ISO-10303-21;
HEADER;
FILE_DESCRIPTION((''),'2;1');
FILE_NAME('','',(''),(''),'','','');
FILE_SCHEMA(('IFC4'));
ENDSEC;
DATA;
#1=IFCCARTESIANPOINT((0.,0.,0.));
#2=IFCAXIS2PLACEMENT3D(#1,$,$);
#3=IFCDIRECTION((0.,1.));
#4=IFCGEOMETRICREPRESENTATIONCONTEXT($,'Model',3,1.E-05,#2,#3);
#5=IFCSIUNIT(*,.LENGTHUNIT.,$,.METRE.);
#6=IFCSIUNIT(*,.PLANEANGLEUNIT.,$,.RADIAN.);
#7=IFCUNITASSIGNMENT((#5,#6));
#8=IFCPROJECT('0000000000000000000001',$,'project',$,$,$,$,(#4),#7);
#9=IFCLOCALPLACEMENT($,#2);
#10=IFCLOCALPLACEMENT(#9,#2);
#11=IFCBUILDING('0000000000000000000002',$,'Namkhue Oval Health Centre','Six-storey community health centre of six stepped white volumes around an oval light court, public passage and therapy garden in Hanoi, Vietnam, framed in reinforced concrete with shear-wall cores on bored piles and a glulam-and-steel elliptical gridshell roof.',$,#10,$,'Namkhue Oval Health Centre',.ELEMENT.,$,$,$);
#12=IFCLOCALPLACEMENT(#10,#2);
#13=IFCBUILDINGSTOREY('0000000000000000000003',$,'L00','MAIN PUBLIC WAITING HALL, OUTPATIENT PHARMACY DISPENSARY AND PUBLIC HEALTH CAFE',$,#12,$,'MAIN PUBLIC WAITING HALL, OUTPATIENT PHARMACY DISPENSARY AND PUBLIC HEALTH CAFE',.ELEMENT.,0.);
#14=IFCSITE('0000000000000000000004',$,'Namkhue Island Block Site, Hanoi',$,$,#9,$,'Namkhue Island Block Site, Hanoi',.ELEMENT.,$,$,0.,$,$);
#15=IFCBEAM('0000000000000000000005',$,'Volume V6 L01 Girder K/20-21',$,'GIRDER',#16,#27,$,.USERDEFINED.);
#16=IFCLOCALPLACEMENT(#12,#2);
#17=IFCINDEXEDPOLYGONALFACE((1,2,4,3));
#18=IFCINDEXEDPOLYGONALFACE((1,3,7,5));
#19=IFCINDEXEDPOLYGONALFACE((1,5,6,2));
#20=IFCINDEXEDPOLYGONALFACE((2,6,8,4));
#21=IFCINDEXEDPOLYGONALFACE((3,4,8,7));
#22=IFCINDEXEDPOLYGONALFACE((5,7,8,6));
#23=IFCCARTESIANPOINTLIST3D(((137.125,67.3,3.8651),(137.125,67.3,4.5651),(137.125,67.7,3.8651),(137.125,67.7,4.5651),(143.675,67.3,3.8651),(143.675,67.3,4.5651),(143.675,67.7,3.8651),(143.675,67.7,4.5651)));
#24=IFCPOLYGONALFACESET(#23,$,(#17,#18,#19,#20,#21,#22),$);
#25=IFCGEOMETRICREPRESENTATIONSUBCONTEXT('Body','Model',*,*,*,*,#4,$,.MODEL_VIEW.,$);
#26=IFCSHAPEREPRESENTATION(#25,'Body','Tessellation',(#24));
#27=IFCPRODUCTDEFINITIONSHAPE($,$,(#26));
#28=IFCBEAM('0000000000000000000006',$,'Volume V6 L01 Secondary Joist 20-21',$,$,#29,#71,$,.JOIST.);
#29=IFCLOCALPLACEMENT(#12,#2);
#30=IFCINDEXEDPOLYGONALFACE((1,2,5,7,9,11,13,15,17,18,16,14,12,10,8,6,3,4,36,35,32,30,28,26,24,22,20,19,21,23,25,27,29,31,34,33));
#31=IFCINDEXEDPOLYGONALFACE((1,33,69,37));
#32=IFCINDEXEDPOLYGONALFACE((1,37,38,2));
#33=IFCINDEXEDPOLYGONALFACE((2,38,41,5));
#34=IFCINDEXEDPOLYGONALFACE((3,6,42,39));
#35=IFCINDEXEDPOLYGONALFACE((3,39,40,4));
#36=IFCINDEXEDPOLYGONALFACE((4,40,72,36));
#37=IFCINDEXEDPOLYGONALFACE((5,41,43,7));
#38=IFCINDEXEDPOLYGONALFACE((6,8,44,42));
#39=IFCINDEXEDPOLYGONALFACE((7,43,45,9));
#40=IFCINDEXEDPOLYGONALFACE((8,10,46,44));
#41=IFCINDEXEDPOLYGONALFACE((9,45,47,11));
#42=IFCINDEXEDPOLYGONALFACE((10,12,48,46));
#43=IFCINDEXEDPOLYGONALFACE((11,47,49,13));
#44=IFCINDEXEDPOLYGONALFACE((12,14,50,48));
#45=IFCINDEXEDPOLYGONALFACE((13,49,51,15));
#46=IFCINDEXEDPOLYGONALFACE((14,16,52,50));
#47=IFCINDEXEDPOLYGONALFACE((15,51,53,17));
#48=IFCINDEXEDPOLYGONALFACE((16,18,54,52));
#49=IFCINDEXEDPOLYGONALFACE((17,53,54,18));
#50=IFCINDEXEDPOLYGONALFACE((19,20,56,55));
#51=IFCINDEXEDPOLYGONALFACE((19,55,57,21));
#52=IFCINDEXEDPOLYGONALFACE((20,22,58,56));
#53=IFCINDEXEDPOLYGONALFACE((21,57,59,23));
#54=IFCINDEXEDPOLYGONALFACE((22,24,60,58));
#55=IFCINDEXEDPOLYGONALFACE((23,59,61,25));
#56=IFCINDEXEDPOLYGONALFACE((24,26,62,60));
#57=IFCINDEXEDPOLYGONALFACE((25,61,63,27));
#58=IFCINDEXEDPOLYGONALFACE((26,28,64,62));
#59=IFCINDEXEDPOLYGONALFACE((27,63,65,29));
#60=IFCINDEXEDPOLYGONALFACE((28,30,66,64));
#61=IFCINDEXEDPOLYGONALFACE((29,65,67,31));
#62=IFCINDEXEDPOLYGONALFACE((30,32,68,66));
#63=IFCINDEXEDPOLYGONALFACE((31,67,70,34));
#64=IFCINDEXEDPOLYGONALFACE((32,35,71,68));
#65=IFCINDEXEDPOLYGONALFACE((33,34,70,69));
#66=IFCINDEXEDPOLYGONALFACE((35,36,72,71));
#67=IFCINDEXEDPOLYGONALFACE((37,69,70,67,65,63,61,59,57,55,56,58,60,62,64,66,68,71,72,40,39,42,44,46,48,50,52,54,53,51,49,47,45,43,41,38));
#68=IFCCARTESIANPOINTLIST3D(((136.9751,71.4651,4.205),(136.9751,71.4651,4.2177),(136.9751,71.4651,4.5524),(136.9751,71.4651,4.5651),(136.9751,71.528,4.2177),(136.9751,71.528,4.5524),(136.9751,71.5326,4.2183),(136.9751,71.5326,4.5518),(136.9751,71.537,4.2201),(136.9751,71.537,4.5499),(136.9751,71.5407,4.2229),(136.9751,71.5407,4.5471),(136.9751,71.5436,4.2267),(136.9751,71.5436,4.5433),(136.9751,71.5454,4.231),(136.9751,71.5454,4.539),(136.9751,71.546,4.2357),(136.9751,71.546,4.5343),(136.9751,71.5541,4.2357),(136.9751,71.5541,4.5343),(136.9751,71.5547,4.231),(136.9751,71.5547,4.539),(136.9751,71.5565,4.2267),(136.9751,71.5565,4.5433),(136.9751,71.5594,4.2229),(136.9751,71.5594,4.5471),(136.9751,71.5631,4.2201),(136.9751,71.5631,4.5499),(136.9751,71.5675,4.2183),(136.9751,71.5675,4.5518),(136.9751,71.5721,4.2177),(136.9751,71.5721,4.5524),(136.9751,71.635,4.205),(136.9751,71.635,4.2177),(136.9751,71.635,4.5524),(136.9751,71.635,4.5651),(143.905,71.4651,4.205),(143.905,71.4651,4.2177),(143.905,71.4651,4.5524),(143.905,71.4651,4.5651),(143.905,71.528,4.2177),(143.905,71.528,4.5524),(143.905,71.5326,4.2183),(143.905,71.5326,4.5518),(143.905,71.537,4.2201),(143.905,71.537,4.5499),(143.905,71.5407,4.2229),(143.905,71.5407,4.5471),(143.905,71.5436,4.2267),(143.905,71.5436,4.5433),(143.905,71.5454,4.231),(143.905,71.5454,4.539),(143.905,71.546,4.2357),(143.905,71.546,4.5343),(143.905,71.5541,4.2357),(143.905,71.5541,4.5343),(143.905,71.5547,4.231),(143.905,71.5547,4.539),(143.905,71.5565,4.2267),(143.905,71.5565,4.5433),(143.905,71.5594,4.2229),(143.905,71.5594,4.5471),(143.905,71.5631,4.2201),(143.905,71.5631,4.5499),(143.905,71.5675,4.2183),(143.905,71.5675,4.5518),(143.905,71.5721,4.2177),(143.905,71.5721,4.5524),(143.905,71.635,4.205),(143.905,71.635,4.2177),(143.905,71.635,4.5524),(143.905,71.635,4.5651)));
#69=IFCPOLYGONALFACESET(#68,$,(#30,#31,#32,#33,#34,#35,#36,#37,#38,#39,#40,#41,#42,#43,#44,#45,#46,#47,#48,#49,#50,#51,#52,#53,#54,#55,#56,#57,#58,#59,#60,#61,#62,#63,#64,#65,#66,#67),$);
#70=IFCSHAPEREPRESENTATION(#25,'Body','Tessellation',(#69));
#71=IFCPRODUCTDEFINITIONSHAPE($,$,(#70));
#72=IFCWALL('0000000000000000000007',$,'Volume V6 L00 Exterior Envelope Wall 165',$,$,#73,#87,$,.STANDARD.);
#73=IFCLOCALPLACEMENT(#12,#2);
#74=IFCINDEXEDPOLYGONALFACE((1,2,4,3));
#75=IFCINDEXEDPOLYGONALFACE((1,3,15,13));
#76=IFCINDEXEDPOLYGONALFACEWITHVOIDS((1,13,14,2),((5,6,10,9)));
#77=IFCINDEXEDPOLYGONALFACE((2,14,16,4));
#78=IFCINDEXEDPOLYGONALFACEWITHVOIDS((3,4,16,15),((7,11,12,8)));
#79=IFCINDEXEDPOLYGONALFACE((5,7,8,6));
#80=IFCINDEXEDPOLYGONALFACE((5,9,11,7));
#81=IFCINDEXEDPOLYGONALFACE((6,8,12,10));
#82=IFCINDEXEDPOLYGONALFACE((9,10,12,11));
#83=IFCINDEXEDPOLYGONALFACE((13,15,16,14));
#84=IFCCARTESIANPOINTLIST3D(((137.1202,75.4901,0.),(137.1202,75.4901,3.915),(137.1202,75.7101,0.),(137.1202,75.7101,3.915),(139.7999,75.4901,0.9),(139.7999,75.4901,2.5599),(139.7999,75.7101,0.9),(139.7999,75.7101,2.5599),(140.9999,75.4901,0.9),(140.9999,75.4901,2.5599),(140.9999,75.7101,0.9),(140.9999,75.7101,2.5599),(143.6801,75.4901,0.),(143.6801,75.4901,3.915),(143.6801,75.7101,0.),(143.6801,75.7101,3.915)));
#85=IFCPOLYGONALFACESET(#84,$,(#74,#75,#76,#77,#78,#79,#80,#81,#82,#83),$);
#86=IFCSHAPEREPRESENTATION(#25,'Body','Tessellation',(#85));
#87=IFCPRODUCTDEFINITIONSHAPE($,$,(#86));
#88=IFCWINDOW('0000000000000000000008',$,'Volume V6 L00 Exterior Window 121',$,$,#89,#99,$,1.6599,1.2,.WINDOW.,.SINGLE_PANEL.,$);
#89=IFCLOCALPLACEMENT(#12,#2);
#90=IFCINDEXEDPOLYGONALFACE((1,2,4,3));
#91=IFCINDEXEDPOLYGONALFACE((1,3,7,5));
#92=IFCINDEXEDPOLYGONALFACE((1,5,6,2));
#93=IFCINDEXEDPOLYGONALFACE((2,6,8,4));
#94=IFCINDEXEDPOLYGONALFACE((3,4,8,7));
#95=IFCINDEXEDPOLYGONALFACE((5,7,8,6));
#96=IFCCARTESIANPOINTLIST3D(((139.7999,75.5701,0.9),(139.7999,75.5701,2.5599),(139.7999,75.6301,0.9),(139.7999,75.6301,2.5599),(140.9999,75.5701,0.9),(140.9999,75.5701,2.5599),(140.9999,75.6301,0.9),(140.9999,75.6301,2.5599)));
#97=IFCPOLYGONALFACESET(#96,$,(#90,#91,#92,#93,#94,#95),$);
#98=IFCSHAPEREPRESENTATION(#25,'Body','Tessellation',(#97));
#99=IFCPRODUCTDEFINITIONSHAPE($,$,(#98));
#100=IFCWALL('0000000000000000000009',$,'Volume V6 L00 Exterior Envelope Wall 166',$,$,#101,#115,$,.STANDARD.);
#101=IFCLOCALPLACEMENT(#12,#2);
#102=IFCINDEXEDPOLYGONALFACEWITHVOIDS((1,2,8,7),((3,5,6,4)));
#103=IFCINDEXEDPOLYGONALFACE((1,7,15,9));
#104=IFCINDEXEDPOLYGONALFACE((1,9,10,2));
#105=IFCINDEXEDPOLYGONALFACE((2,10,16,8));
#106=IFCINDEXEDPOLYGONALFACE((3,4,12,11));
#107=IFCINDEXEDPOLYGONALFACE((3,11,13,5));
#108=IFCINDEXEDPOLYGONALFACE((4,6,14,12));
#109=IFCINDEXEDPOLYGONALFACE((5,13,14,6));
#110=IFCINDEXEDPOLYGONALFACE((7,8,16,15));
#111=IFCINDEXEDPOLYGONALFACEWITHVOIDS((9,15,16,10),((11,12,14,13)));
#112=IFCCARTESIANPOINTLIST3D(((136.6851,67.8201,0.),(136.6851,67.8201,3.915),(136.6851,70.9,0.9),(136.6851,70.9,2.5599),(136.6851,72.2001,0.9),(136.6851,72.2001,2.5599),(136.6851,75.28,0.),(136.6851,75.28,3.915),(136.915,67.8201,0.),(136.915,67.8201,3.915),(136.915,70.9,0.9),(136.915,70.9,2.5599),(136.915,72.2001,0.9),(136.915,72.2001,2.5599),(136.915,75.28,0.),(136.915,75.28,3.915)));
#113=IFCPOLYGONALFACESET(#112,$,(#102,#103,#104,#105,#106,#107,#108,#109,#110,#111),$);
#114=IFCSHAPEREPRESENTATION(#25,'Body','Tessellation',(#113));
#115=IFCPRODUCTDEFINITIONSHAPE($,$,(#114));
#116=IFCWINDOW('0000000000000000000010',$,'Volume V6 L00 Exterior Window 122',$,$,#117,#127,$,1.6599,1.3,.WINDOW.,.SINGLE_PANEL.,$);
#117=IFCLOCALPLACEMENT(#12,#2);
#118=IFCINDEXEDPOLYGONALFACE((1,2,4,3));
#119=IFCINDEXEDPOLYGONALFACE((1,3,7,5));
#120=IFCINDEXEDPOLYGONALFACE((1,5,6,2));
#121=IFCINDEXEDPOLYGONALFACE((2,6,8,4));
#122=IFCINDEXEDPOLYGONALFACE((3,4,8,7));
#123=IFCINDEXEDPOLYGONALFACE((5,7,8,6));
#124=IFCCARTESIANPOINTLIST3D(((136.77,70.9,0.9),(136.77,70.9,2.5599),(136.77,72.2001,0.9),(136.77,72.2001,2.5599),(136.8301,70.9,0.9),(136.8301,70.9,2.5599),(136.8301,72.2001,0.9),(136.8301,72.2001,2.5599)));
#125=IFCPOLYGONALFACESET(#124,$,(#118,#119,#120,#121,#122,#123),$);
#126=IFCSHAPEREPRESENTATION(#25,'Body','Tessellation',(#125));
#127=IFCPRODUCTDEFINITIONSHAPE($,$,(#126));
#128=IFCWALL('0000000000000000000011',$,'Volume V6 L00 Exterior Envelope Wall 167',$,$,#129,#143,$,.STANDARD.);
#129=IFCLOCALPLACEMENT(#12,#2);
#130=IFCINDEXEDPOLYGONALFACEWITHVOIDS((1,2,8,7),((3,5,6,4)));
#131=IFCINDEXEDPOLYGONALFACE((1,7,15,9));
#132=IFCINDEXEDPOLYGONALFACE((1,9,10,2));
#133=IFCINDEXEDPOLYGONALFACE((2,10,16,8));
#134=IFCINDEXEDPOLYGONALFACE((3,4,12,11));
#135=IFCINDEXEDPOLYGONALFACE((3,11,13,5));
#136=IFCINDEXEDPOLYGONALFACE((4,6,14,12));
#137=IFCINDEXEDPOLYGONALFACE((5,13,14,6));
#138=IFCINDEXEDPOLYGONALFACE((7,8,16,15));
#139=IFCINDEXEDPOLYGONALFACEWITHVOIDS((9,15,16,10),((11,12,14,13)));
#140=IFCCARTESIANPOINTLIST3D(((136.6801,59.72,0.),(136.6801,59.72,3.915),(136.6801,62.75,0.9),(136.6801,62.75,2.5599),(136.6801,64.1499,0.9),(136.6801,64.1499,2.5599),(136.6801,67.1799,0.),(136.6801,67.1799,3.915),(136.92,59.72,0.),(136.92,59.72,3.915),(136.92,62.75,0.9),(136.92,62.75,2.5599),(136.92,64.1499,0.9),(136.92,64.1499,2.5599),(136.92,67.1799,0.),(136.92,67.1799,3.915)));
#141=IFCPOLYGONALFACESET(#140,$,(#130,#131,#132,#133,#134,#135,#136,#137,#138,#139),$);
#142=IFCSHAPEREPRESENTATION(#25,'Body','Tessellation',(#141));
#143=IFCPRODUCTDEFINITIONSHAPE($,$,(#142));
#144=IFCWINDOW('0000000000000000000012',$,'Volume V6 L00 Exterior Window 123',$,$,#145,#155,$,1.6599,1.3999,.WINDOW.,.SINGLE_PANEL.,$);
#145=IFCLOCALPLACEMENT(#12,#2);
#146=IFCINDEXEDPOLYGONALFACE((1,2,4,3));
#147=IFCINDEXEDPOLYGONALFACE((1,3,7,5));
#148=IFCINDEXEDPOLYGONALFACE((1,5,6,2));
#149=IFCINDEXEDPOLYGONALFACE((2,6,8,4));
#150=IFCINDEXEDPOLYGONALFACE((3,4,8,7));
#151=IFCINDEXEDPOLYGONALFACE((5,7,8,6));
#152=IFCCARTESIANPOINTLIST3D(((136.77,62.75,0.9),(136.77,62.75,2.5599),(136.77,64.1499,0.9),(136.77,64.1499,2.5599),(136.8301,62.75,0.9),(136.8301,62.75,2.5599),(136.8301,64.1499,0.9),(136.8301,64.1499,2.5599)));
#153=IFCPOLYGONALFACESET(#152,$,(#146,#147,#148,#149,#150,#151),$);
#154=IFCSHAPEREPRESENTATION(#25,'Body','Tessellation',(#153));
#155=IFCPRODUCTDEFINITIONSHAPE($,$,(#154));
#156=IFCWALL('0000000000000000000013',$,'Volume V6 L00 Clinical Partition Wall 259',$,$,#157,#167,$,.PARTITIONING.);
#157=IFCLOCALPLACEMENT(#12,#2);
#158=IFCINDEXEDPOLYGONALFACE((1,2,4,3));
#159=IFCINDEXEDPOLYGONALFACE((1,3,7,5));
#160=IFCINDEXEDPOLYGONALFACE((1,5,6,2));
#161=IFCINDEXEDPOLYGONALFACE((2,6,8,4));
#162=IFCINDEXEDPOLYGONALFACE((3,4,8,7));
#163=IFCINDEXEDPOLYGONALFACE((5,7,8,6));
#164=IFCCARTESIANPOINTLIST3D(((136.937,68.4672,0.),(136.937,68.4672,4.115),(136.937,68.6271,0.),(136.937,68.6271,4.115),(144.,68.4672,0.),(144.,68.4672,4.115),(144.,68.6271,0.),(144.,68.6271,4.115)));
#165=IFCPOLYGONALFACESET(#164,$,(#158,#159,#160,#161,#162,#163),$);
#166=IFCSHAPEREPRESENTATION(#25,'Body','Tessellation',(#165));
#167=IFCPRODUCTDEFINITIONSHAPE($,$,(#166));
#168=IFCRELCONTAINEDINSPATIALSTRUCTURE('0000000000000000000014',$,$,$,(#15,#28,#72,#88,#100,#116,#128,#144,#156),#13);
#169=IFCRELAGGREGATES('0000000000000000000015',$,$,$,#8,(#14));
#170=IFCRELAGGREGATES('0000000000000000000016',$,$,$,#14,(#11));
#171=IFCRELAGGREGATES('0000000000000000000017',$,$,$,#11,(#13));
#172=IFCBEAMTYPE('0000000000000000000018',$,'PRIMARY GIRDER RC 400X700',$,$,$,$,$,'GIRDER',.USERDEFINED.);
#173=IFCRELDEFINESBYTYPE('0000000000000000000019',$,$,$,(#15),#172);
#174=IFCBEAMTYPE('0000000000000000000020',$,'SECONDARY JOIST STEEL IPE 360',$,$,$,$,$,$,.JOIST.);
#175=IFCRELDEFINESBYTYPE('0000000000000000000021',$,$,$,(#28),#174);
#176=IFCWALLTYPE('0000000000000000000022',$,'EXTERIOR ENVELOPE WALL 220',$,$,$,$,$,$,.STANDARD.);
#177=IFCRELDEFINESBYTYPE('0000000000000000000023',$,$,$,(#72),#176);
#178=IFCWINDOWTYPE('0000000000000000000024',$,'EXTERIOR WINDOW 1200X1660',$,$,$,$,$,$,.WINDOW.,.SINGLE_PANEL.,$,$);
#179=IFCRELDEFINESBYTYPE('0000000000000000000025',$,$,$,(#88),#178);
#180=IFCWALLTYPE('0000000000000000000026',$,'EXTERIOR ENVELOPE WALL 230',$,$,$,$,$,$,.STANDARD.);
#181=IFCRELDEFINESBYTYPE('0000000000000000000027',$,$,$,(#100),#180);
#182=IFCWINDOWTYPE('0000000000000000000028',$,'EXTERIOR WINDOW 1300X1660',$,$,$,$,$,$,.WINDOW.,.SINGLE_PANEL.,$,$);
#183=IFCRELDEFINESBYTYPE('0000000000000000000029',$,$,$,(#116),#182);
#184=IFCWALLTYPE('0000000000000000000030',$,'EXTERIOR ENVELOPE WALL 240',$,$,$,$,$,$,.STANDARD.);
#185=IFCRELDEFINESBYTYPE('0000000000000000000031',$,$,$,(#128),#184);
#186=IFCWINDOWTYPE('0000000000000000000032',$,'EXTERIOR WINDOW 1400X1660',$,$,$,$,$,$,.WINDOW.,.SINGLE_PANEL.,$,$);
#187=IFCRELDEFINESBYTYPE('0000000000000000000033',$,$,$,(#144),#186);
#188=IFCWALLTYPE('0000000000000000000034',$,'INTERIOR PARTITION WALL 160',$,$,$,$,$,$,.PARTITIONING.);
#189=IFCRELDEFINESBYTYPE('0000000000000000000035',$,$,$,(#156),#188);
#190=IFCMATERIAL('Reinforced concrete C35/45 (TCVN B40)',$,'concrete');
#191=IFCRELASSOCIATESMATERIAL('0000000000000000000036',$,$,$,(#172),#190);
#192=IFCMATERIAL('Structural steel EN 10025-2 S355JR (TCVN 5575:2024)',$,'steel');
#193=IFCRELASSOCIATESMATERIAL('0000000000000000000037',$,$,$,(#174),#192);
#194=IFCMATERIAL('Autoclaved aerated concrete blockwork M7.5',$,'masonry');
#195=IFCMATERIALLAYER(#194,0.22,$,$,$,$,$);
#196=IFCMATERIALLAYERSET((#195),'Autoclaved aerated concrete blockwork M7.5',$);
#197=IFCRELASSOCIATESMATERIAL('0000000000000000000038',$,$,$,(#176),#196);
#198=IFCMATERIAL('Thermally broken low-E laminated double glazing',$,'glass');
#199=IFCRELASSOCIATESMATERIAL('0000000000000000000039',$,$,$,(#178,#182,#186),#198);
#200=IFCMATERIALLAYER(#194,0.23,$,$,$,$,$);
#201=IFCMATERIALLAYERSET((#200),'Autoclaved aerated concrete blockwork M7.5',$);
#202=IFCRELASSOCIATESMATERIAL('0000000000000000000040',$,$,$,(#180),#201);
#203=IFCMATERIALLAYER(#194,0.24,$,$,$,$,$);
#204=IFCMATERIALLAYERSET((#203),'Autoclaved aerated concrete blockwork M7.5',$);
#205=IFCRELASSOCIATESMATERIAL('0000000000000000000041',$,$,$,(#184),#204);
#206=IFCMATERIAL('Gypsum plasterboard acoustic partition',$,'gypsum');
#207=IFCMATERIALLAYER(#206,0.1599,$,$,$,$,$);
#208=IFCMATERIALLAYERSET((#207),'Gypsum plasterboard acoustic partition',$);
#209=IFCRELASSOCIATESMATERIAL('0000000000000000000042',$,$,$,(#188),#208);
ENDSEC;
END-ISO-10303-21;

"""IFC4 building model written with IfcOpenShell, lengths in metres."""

from ifc_helpers import new_model, si_unit, direction, frame, frame_2d, origin, origin_2d, place, context, subcontext, project, spatial, rectangle, i_section, extrude, material, layer, layer_set, material_profile, profile_set, type_object, element, fill, save


model = new_model("IFC4")

# Units and contexts
model_context = context("Model", 3, precision=1e-05, world=origin(), true_north=direction((0.0, 1.0)))
body_context = subcontext(model_context, "Body", "Model", "MODEL_VIEW")
ifc_project = project(units=[si_unit("LENGTHUNIT", "METRE"), si_unit("PLANEANGLEUNIT", "RADIAN")], contexts=[model_context])

# Site, building, storey
site_placement = place(None, origin())
site = spatial("IfcSite", under=ifc_project, at=site_placement, Name="Namkhue Island Block Site, Hanoi", LongName="Namkhue Island Block Site, Hanoi", CompositionType="ELEMENT", RefElevation=0.0)
building_placement = place(site_placement, origin())
building = spatial("IfcBuilding", under=site, at=building_placement, Name="Namkhue Oval Health Centre", Description="Six-storey community health centre of six stepped white volumes around an oval light court, public passage and therapy garden in Hanoi, Vietnam, framed in reinforced concrete with shear-wall cores on bored piles and a glulam-and-steel elliptical gridshell roof.", LongName="Namkhue Oval Health Centre", CompositionType="ELEMENT")
storey_placement = place(building_placement, origin())
storey = spatial("IfcBuildingStorey", under=building, at=storey_placement, Name="L00", Description="MAIN PUBLIC WAITING HALL, OUTPATIENT PHARMACY DISPENSARY AND PUBLIC HEALTH CAFE", LongName="MAIN PUBLIC WAITING HALL, OUTPATIENT PHARMACY DISPENSARY AND PUBLIC HEALTH CAFE", CompositionType="ELEMENT", Elevation=0.0)

# Shared definitions
ifc_material_1 = material(Name="Reinforced concrete C35/45 (TCVN B40)", Category="concrete")

# Beams
ifc_material_profile_1 = material_profile(ifc_material_1, rectangle(XDim=0.3999, YDim=0.7, at=origin_2d()), Name="RC 400x700")
ifc_profile_set_1 = profile_set([ifc_material_profile_1], Name="Reinforced concrete C35/45 (TCVN B40)")
beam_type_1 = type_object("IfcBeamType", Name="PRIMARY GIRDER RC 400X700", ElementType="GIRDER", PredefinedType="USERDEFINED", material=ifc_profile_set_1)
beam_1_placement = place(storey_placement, frame((137.125, 67.5, 4.2151), z_axis=(1.0, 0.0, 0.0), x_axis=(0.0, 1.0, 0.0)))
element("IfcBeam", 1, at=beam_1_placement, inside=storey, type_object=beam_type_1, Name="Volume V6 L01 Girder K/20-21", ObjectType="GIRDER", PredefinedType="USERDEFINED", context=body_context, shape_type="SweptSolid", body=[
    extrude(rectangle(XDim=0.3999, YDim=0.7, at=origin_2d()), origin(), (0.0, 0.0, 1.0), 6.55),
])
ifc_material_2 = material(Name="Structural steel EN 10025-2 S355JR (TCVN 5575:2024)", Category="steel")
ifc_material_profile_2 = material_profile(ifc_material_2, i_section(OverallWidth=0.1699, OverallDepth=0.3601, WebThickness=0.0081, FlangeThickness=0.0127, FilletRadius=0.0181, at=origin_2d()), Name="IPE 360")
ifc_profile_set_2 = profile_set([ifc_material_profile_2], Name="Structural steel EN 10025-2 S355JR (TCVN 5575:2024)")
beam_type_2 = type_object("IfcBeamType", Name="SECONDARY JOIST STEEL IPE 360", PredefinedType="JOIST", material=ifc_profile_set_2)
beam_2_placement = place(storey_placement, frame((136.9751, 71.55, 4.385), z_axis=(1.0, 0.0, 0.0), x_axis=(0.0, 1.0, 0.0)))
element("IfcBeam", 2, at=beam_2_placement, inside=storey, type_object=beam_type_2, Name="Volume V6 L01 Secondary Joist 20-21", PredefinedType="JOIST", context=body_context, shape_type="SweptSolid", body=[
    extrude(i_section(OverallWidth=0.1699, OverallDepth=0.3601, WebThickness=0.0081, FlangeThickness=0.0127, FilletRadius=0.0181, at=origin_2d()), origin(), (0.0, 0.0, 1.0), 6.9299),
])

# Walls, openings, windows
ifc_material_3 = material(Name="Autoclaved aerated concrete blockwork M7.5", Category="masonry")
ifc_layer_1 = layer(ifc_material_3, 0.22)
ifc_layer_set_1 = layer_set([ifc_layer_1], Name="Autoclaved aerated concrete blockwork M7.5")
wall_type_1 = type_object("IfcWallType", Name="EXTERIOR ENVELOPE WALL 220", PredefinedType="STANDARD", material=ifc_layer_set_1)
wall_1_placement = place(storey_placement, frame((143.6799, 75.6001, 0.0), z_axis=(0.0, 0.0, 1.0), x_axis=(-1.0, 0.0, 0.0)))
wall_1 = element("IfcWall", 3, at=wall_1_placement, inside=storey, type_object=wall_type_1, Name="Volume V6 L00 Exterior Envelope Wall 165", PredefinedType="STANDARD", context=body_context, shape_type="SweptSolid", body=[
    extrude(rectangle(XDim=6.5598, YDim=0.22, at=frame_2d((3.2798, 0.0))), origin(), (0.0, 0.0, 1.0), 3.915),
])
opening_1_placement = place(wall_1_placement, frame((2.6799, 0.0, 0.8999)))
opening_1 = element("IfcOpeningElement", 4, at=opening_1_placement, cuts=wall_1, PredefinedType="OPENING", context=body_context, shape_type="SweptSolid", body=[
    extrude(rectangle(XDim=1.2, YDim=1.6599, at=frame_2d((0.6001, 0.8301))), frame((0.0, 0.1199, 0.0), z_axis=(0.0, -1.0, 0.0), x_axis=(1.0, 0.0, 0.0)), (0.0, 0.0, 1.0), 0.24),
])
ifc_material_4 = material(Name="Thermally broken low-E laminated double glazing", Category="glass")
window_type_1 = type_object("IfcWindowType", Name="EXTERIOR WINDOW 1200X1660", PartitioningType="SINGLE_PANEL", PredefinedType="WINDOW", material=ifc_material_4)
window_1_placement = place(opening_1_placement, origin())
window_1 = element("IfcWindow", 5, at=window_1_placement, inside=storey, type_object=window_type_1, Name="Volume V6 L00 Exterior Window 121", OverallHeight=1.6599, OverallWidth=1.2, PartitioningType="SINGLE_PANEL", PredefinedType="WINDOW", context=body_context, shape_type="SweptSolid", body=[
    extrude(rectangle(XDim=1.2, YDim=1.6599, at=frame_2d((0.6001, 0.8301))), frame((0.0, 0.03, 0.0), z_axis=(0.0, -1.0, 0.0), x_axis=(1.0, 0.0, 0.0)), (0.0, 0.0, 1.0), 0.0601),
])
fill(opening_1, window_1)
ifc_layer_2 = layer(ifc_material_3, 0.23)
ifc_layer_set_2 = layer_set([ifc_layer_2], Name="Autoclaved aerated concrete blockwork M7.5")
wall_type_2 = type_object("IfcWallType", Name="EXTERIOR ENVELOPE WALL 230", PredefinedType="STANDARD", material=ifc_layer_set_2)
wall_2_placement = place(storey_placement, frame((136.8, 75.28, 0.0), z_axis=(0.0, 0.0, 1.0), x_axis=(0.0, -1.0, 0.0)))
wall_2 = element("IfcWall", 6, at=wall_2_placement, inside=storey, type_object=wall_type_2, Name="Volume V6 L00 Exterior Envelope Wall 166", PredefinedType="STANDARD", context=body_context, shape_type="SweptSolid", body=[
    extrude(rectangle(XDim=7.46, YDim=0.23, at=frame_2d((3.73, 0.0))), origin(), (0.0, 0.0, 1.0), 3.915),
])
opening_2_placement = place(wall_2_placement, frame((3.0801, 0.0, 0.8999)))
opening_2 = element("IfcOpeningElement", 7, at=opening_2_placement, cuts=wall_2, PredefinedType="OPENING", context=body_context, shape_type="SweptSolid", body=[
    extrude(rectangle(XDim=1.3, YDim=1.6599, at=frame_2d((0.6499, 0.8301))), frame((0.0, 0.125, 0.0), z_axis=(0.0, -1.0, 0.0), x_axis=(1.0, 0.0, 0.0)), (0.0, 0.0, 1.0), 0.25),
])
window_type_2 = type_object("IfcWindowType", Name="EXTERIOR WINDOW 1300X1660", PartitioningType="SINGLE_PANEL", PredefinedType="WINDOW", material=ifc_material_4)
window_2_placement = place(opening_2_placement, origin())
window_2 = element("IfcWindow", 8, at=window_2_placement, inside=storey, type_object=window_type_2, Name="Volume V6 L00 Exterior Window 122", OverallHeight=1.6599, OverallWidth=1.3, PartitioningType="SINGLE_PANEL", PredefinedType="WINDOW", context=body_context, shape_type="SweptSolid", body=[
    extrude(rectangle(XDim=1.3, YDim=1.6599, at=frame_2d((0.6499, 0.8301))), frame((0.0, 0.03, 0.0), z_axis=(0.0, -1.0, 0.0), x_axis=(1.0, 0.0, 0.0)), (0.0, 0.0, 1.0), 0.0601),
])
fill(opening_2, window_2)
ifc_layer_3 = layer(ifc_material_3, 0.24)
ifc_layer_set_3 = layer_set([ifc_layer_3], Name="Autoclaved aerated concrete blockwork M7.5")
wall_type_3 = type_object("IfcWallType", Name="EXTERIOR ENVELOPE WALL 240", PredefinedType="STANDARD", material=ifc_layer_set_3)
wall_3_placement = place(storey_placement, frame((136.8, 67.1799, 0.0), z_axis=(0.0, 0.0, 1.0), x_axis=(0.0, -1.0, 0.0)))
wall_3 = element("IfcWall", 9, at=wall_3_placement, inside=storey, type_object=wall_type_3, Name="Volume V6 L00 Exterior Envelope Wall 167", PredefinedType="STANDARD", context=body_context, shape_type="SweptSolid", body=[
    extrude(rectangle(XDim=7.46, YDim=0.24, at=frame_2d((3.73, 0.0))), origin(), (0.0, 0.0, 1.0), 3.915),
])
opening_3_placement = place(wall_3_placement, frame((3.03, 0.0, 0.8999)))
opening_3 = element("IfcOpeningElement", 10, at=opening_3_placement, cuts=wall_3, PredefinedType="OPENING", context=body_context, shape_type="SweptSolid", body=[
    extrude(rectangle(XDim=1.3999, YDim=1.6599, at=frame_2d((0.7, 0.8301))), frame((0.0, 0.1299, 0.0), z_axis=(0.0, -1.0, 0.0), x_axis=(1.0, 0.0, 0.0)), (0.0, 0.0, 1.0), 0.26),
])
window_type_3 = type_object("IfcWindowType", Name="EXTERIOR WINDOW 1400X1660", PartitioningType="SINGLE_PANEL", PredefinedType="WINDOW", material=ifc_material_4)
window_3_placement = place(opening_3_placement, origin())
window_3 = element("IfcWindow", 11, at=window_3_placement, inside=storey, type_object=window_type_3, Name="Volume V6 L00 Exterior Window 123", OverallHeight=1.6599, OverallWidth=1.3999, PartitioningType="SINGLE_PANEL", PredefinedType="WINDOW", context=body_context, shape_type="SweptSolid", body=[
    extrude(rectangle(XDim=1.3999, YDim=1.6599, at=frame_2d((0.7, 0.8301))), frame((0.0, 0.03, 0.0), z_axis=(0.0, -1.0, 0.0), x_axis=(1.0, 0.0, 0.0)), (0.0, 0.0, 1.0), 0.0601),
])
fill(opening_3, window_3)

# Wall
ifc_material_5 = material(Name="Gypsum plasterboard acoustic partition", Category="gypsum")
ifc_layer_4 = layer(ifc_material_5, 0.1599)
ifc_layer_set_4 = layer_set([ifc_layer_4], Name="Gypsum plasterboard acoustic partition")
wall_type_4 = type_object("IfcWallType", Name="INTERIOR PARTITION WALL 160", PredefinedType="PARTITIONING", material=ifc_layer_set_4)
wall_4_placement = place(storey_placement, frame((136.937, 68.5471, 0.0), z_axis=(0.0, 0.0, 1.0), x_axis=(1.0, 0.0, 0.0)))
element("IfcWall", 12, at=wall_4_placement, inside=storey, type_object=wall_type_4, Name="Volume V6 L00 Clinical Partition Wall 259", PredefinedType="PARTITIONING", context=body_context, shape_type="SweptSolid", body=[
    extrude(rectangle(XDim=7.063, YDim=0.1599, at=frame_2d((3.5315, 0.0))), origin(), (0.0, 0.0, 1.0), 4.115),
])

save(model, "model.ifc")
